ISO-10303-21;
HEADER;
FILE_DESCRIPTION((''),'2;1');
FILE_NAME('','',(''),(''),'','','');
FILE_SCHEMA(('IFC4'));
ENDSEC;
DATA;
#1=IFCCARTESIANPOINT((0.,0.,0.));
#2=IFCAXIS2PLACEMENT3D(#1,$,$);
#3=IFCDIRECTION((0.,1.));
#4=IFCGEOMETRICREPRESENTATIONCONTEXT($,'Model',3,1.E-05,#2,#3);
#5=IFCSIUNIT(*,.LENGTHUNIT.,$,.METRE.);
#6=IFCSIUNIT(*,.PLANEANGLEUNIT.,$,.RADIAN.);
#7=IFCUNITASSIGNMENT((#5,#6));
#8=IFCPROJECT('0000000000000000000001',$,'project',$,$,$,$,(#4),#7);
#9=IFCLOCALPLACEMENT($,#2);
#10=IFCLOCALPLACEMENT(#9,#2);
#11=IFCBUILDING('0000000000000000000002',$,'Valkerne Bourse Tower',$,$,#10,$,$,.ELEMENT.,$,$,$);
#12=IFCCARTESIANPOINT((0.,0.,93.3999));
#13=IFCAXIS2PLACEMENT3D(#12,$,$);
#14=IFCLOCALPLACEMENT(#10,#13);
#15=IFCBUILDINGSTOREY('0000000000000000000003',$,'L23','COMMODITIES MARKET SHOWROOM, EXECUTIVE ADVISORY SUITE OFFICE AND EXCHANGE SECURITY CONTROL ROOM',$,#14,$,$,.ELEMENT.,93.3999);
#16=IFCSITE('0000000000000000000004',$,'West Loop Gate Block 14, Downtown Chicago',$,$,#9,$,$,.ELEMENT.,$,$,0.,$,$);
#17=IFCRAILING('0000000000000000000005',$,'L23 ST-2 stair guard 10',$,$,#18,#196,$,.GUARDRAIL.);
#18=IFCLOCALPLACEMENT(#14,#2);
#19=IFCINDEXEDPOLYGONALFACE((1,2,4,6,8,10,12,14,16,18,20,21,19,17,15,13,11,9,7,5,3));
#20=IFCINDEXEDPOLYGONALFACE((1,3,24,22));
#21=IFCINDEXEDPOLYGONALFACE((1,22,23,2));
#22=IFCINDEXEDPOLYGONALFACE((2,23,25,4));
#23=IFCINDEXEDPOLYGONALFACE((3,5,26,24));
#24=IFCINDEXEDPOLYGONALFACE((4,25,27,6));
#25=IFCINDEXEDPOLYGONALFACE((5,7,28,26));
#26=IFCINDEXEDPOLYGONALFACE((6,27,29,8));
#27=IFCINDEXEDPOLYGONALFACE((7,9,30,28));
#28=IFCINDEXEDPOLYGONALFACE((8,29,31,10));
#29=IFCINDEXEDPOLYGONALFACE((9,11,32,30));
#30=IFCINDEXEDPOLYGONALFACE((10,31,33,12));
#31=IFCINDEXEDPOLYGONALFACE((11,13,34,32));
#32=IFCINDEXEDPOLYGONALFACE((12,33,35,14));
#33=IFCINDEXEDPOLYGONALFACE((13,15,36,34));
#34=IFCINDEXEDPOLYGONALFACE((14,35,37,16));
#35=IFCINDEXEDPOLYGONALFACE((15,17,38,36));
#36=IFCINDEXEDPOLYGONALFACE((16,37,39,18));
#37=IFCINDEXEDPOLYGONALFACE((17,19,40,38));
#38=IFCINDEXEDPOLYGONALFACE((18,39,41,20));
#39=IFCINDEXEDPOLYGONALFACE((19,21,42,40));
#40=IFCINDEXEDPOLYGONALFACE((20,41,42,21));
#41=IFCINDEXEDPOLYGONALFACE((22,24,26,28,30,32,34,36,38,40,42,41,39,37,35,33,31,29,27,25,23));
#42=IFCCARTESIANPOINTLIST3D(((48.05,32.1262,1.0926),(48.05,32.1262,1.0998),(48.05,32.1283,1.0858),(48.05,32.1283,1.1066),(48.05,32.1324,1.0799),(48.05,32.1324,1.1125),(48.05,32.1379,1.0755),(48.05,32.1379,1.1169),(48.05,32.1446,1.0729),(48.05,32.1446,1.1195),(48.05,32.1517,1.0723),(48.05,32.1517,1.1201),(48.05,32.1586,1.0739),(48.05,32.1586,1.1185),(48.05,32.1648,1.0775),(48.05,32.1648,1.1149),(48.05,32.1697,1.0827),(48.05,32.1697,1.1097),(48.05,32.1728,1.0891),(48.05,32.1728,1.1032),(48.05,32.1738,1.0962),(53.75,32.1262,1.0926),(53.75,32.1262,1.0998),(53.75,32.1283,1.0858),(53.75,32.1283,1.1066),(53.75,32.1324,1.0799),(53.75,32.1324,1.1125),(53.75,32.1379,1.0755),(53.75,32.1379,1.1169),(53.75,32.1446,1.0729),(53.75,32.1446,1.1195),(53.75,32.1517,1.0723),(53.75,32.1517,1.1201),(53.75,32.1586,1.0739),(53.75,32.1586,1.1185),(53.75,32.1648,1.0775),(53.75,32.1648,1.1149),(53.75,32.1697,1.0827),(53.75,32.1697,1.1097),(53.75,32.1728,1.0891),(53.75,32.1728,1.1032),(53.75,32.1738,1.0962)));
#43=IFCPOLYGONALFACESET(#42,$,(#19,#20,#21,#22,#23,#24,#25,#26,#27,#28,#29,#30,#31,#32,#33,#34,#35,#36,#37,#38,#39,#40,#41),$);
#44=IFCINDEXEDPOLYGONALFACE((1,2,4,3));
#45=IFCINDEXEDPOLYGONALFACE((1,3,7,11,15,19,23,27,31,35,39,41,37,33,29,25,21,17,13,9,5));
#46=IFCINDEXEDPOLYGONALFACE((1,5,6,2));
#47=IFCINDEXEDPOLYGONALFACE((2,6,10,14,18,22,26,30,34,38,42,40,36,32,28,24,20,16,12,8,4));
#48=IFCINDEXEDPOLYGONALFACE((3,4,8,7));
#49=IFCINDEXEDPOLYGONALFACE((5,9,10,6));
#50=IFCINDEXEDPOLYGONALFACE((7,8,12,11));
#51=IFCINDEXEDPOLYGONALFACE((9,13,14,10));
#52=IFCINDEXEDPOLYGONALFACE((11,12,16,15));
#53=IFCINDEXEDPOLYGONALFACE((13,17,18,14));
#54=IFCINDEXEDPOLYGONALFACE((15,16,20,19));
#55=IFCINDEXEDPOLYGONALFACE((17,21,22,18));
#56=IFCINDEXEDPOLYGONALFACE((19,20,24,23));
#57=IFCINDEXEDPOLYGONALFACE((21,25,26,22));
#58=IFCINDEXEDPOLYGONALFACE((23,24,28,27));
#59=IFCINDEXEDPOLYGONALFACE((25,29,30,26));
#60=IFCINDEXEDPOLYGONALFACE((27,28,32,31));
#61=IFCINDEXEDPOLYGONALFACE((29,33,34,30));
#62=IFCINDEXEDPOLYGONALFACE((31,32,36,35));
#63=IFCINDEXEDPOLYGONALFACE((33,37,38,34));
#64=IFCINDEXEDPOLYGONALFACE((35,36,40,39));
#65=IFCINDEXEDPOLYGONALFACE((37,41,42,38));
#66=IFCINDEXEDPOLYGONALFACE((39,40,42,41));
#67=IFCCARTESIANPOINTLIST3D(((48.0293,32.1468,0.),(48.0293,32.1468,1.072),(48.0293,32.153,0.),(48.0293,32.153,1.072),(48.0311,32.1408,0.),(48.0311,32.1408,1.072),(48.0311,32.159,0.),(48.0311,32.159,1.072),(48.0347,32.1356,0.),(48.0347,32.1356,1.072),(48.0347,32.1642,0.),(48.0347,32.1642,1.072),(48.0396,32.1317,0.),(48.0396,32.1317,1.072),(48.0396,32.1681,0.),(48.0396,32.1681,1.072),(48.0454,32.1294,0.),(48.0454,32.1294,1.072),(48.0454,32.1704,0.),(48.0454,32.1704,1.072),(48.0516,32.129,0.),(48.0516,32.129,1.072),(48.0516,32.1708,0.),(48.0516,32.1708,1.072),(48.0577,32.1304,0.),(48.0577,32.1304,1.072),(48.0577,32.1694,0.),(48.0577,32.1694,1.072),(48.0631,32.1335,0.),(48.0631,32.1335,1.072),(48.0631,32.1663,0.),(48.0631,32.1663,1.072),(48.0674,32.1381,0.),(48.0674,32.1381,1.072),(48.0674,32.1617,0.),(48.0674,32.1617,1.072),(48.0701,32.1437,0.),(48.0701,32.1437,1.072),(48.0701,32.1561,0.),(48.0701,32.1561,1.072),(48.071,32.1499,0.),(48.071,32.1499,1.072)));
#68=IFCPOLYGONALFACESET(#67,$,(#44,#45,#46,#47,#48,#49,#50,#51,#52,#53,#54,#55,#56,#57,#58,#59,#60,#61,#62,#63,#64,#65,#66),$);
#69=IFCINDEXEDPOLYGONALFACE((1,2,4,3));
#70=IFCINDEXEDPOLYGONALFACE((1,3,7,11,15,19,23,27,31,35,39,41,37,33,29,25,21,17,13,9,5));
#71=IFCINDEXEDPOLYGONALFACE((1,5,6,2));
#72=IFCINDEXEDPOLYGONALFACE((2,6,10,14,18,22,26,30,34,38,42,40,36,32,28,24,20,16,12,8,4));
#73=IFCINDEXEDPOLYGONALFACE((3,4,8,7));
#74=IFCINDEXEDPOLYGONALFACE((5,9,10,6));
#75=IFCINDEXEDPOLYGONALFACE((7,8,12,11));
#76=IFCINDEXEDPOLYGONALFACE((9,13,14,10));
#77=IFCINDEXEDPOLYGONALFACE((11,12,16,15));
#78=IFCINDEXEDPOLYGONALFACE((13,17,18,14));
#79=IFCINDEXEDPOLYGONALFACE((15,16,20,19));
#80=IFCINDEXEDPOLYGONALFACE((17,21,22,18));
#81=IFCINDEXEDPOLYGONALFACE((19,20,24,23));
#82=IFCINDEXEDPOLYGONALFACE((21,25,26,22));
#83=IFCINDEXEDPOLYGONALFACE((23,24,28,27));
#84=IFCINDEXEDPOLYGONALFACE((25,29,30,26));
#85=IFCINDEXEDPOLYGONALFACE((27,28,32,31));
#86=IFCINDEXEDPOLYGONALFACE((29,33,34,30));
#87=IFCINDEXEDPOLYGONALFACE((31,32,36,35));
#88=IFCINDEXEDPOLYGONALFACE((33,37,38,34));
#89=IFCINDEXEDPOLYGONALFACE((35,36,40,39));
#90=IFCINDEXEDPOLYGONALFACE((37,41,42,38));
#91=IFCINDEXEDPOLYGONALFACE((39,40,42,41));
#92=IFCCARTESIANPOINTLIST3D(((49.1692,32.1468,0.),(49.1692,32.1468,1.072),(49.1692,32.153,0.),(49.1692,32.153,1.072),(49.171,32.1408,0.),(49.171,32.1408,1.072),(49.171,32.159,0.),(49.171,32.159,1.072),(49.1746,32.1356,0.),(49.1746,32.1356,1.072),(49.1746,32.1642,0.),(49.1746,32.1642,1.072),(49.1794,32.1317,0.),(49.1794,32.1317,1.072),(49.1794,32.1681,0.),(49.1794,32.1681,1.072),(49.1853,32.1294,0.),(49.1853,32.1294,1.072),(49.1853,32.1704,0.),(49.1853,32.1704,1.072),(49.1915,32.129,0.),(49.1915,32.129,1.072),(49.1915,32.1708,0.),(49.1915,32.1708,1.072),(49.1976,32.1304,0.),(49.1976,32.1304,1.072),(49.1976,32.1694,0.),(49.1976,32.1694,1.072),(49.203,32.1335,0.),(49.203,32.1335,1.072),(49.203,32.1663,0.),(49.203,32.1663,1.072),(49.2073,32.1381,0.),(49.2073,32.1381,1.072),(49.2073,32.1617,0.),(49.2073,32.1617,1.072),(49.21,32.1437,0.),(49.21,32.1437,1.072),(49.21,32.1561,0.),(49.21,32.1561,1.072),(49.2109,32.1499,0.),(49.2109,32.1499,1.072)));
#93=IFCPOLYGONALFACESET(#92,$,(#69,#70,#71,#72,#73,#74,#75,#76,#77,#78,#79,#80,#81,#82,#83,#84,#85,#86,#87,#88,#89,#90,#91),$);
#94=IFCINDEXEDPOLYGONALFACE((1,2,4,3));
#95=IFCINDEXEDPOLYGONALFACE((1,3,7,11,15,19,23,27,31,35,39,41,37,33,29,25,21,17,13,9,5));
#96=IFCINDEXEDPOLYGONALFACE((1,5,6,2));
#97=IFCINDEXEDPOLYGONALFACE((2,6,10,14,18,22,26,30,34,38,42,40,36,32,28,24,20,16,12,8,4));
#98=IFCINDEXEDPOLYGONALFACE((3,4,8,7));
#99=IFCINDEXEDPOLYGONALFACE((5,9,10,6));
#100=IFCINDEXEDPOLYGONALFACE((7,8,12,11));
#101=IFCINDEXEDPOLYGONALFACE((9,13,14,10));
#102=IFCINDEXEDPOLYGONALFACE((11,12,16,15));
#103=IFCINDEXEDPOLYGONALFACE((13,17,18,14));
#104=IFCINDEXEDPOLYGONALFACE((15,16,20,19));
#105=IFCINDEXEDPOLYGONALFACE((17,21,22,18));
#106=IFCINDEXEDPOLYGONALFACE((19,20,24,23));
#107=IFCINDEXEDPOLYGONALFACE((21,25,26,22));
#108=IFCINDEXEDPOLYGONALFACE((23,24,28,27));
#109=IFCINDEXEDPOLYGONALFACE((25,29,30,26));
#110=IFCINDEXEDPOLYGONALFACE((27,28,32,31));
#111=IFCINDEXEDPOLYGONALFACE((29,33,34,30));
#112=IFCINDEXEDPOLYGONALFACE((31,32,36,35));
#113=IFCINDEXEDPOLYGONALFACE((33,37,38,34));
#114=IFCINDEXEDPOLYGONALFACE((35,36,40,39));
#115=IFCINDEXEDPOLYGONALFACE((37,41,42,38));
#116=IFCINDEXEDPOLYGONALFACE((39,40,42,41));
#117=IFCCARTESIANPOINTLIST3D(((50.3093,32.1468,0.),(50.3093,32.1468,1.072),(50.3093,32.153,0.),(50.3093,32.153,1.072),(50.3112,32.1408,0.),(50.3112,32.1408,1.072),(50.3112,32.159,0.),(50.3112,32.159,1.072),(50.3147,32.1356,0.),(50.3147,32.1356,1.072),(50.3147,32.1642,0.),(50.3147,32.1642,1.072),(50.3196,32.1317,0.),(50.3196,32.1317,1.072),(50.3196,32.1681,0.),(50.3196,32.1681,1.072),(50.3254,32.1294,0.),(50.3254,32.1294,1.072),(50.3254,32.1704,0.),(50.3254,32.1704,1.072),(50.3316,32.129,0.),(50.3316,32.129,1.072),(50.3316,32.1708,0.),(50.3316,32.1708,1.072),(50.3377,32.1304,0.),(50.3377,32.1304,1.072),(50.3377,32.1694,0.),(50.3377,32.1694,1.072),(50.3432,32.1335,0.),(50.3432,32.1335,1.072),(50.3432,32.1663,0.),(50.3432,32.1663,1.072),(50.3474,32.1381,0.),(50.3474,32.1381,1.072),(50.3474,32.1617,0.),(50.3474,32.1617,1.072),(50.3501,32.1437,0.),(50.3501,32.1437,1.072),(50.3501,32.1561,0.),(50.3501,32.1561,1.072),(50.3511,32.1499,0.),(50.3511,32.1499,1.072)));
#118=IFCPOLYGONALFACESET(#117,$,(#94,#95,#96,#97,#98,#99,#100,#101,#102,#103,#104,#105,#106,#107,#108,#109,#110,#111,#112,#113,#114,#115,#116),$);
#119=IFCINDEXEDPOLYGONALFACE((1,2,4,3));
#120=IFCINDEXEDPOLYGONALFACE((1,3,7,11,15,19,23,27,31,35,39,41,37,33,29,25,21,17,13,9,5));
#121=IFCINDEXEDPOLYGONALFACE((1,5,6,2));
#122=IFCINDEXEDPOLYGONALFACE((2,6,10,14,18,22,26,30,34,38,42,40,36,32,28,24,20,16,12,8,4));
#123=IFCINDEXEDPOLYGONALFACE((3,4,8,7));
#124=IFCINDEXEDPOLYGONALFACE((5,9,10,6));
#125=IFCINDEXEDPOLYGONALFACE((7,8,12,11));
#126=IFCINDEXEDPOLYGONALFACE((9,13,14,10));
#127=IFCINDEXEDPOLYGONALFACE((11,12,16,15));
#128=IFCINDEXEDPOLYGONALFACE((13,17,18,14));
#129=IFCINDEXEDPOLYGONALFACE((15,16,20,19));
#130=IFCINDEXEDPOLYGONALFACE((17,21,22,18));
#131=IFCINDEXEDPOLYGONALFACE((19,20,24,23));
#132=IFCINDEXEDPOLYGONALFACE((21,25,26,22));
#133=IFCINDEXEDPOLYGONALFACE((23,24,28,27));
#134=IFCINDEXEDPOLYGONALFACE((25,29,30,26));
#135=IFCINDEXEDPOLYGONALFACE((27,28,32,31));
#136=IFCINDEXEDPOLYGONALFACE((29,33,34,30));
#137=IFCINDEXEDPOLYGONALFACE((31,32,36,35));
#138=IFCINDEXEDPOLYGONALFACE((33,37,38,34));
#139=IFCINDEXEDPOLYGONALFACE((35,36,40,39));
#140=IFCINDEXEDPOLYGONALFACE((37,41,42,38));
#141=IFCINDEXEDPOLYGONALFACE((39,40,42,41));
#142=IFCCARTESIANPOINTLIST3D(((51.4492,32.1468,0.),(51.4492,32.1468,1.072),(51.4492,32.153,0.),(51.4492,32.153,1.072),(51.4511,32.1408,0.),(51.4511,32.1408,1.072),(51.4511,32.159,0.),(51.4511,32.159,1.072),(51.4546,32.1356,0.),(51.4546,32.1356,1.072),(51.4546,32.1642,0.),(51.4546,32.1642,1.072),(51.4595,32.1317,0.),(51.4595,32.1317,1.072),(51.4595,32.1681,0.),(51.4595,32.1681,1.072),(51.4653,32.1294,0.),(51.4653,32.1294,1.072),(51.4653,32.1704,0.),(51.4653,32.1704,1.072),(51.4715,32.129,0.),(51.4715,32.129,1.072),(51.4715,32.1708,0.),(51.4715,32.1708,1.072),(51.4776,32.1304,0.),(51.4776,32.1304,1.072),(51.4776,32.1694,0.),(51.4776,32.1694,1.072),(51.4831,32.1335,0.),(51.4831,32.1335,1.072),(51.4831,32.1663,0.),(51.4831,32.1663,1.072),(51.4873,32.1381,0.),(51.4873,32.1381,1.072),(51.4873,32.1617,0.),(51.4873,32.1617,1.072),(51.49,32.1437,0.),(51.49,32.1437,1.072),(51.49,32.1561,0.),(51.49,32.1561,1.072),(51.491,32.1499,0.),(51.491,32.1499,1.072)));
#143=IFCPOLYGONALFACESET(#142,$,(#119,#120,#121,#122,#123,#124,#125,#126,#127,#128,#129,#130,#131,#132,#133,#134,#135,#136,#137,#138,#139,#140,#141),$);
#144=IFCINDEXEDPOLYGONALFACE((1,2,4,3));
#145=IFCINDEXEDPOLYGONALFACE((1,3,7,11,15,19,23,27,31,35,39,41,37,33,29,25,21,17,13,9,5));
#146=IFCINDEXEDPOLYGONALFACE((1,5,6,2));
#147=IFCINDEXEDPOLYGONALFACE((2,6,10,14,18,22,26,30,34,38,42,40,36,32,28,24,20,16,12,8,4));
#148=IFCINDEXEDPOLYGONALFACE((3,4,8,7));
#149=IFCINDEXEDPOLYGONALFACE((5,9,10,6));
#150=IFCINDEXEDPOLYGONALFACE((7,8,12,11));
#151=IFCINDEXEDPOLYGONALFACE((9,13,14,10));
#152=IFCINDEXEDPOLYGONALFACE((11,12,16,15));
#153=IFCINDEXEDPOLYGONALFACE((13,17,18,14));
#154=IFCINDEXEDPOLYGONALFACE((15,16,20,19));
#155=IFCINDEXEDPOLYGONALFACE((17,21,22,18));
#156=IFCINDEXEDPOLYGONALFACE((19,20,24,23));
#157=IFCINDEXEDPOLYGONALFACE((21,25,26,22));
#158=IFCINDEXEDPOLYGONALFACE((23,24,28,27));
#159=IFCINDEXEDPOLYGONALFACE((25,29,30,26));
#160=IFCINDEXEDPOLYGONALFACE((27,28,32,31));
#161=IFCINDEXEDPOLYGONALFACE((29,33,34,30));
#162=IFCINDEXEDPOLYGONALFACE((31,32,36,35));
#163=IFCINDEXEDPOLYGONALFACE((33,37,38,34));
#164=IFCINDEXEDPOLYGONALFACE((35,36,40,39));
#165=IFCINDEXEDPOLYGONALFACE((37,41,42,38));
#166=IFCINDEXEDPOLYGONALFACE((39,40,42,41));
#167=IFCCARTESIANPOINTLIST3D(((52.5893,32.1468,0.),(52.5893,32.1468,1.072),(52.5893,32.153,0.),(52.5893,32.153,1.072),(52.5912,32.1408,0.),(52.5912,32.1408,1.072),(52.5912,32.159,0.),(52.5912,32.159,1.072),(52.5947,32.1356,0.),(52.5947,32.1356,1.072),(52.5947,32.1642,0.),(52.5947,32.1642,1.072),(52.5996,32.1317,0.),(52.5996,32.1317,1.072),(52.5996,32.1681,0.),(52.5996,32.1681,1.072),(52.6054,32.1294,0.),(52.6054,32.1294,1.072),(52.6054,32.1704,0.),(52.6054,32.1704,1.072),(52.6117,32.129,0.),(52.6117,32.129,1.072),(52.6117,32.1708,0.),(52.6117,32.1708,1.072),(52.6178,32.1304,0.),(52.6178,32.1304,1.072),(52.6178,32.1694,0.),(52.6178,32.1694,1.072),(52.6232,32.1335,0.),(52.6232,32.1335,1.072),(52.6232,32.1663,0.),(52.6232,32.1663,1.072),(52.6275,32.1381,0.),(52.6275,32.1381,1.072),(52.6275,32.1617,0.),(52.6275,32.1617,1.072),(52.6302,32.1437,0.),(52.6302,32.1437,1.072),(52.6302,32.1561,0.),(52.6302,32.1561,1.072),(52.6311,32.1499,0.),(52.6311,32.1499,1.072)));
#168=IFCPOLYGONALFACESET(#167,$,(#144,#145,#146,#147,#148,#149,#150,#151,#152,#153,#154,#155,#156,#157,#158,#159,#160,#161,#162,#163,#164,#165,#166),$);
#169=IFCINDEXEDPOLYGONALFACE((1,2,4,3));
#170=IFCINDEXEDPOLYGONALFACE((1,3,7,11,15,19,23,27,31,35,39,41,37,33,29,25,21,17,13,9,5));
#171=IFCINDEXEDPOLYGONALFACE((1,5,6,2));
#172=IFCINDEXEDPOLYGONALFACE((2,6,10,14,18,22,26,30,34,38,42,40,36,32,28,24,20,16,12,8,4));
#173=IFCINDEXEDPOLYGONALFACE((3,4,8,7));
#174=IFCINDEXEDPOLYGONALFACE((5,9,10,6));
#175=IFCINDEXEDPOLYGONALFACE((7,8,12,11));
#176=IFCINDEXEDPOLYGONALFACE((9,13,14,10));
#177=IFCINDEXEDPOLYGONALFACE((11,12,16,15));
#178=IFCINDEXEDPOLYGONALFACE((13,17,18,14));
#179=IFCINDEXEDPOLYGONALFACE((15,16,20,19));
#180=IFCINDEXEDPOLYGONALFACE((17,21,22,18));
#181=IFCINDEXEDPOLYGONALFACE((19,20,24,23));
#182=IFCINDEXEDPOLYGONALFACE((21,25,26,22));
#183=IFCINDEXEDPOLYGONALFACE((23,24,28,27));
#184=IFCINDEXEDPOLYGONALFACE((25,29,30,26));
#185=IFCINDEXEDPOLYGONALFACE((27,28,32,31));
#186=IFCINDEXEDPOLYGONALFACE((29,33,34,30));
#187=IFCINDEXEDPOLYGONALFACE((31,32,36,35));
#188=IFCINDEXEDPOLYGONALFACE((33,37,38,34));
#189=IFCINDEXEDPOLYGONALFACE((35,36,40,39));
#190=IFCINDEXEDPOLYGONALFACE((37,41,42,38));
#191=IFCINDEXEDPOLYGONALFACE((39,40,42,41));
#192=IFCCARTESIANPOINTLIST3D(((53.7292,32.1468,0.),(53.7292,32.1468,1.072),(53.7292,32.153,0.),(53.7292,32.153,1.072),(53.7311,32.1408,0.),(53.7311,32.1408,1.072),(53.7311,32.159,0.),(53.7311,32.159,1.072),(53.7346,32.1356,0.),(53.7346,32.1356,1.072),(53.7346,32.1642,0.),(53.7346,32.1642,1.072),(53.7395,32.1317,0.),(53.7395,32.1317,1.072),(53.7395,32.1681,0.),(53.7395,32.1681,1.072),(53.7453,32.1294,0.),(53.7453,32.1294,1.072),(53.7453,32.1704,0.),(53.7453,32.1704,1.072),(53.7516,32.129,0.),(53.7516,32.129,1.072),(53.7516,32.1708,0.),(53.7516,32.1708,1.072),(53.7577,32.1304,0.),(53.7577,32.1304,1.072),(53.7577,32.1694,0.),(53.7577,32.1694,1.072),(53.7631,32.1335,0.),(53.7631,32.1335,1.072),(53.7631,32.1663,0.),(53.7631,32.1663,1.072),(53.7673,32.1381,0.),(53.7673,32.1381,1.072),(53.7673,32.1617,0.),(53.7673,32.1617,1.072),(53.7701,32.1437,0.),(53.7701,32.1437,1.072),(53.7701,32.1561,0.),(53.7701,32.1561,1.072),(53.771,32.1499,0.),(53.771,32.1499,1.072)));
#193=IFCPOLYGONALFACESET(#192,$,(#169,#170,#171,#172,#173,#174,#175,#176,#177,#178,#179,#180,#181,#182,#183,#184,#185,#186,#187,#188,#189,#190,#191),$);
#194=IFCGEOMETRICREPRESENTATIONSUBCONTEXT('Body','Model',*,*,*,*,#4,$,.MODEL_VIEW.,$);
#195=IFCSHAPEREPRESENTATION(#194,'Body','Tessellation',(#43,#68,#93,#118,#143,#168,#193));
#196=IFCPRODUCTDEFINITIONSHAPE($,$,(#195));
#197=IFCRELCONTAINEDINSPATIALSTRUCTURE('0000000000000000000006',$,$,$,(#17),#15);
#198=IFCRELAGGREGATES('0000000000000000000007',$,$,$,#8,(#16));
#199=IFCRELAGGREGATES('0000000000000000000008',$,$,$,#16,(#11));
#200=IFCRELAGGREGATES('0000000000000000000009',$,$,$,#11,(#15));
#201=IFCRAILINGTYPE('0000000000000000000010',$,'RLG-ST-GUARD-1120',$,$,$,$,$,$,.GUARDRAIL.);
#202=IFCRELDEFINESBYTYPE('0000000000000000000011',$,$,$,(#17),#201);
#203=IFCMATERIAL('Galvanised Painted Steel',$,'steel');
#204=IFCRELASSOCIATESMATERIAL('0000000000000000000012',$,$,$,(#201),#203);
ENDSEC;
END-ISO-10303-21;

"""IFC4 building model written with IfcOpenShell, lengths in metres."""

from ifc_helpers import new_model, si_unit, direction, frame, origin, origin_2d, place, context, subcontext, project, spatial, circle, extrude, material, type_object, element, save


model = new_model("IFC4")

# Units and contexts
model_context = context("Model", 3, precision=1e-05, world=origin(), true_north=direction((0.0, 1.0)))
body_context = subcontext(model_context, "Body", "Model", "MODEL_VIEW")
ifc_project = project(units=[si_unit("LENGTHUNIT", "METRE"), si_unit("PLANEANGLEUNIT", "RADIAN")], contexts=[model_context])

# Site, building, storey
site_placement = place(None, origin())
site = spatial("IfcSite", under=ifc_project, at=site_placement, Name="West Loop Gate Block 14, Downtown Chicago", CompositionType="ELEMENT", RefElevation=0.0)
building_placement = place(site_placement, origin())
building = spatial("IfcBuilding", under=site, at=building_placement, Name="Valkerne Bourse Tower", CompositionType="ELEMENT")
storey_placement = place(building_placement, frame((0.0, 0.0, 93.3999)))
storey = spatial("IfcBuildingStorey", under=building, at=storey_placement, Name="L23", Description="COMMODITIES MARKET SHOWROOM, EXECUTIVE ADVISORY SUITE OFFICE AND EXCHANGE SECURITY CONTROL ROOM", CompositionType="ELEMENT", Elevation=93.3999)

# Shared definitions
ifc_material_1 = material(Name="Galvanised Painted Steel", Category="steel")

# Railing
railing_type_1 = type_object("IfcRailingType", Name="RLG-ST-GUARD-1120", PredefinedType="GUARDRAIL", material=ifc_material_1)
for number, where, name in (
    (1, (48.05, 32.1499, 0.0), "L23 ST-2 stair guard 10"),
):
    element("IfcRailing", number, at=place(storey_placement, frame(where)), inside=storey, type_object=railing_type_1, Name=name, PredefinedType="GUARDRAIL", context=body_context, shape_type="SweptSolid", body=[
        extrude(circle(Radius=0.0239, at=origin_2d()), frame((0.0, 0.0, 1.0962), z_axis=(1.0, 0.0, 0.0), x_axis=(0.0, 1.0, 0.0)), (0.0, 0.0, 1.0), 5.7),
        extrude(circle(Radius=0.021, at=origin_2d()), origin(), (0.0, 0.0, 1.0), 1.072),
        extrude(circle(Radius=0.021, at=origin_2d()), frame((1.1399, 0.0, 0.0)), (0.0, 0.0, 1.0), 1.072),
        extrude(circle(Radius=0.021, at=origin_2d()), frame((2.28, 0.0, 0.0)), (0.0, 0.0, 1.0), 1.072),
        extrude(circle(Radius=0.021, at=origin_2d()), frame((3.4199, 0.0, 0.0)), (0.0, 0.0, 1.0), 1.072),
        extrude(circle(Radius=0.021, at=origin_2d()), frame((4.5601, 0.0, 0.0)), (0.0, 0.0, 1.0), 1.072),
        extrude(circle(Radius=0.021, at=origin_2d()), frame((5.7, 0.0, 0.0)), (0.0, 0.0, 1.0), 1.072),
    ])

save(model, "model.ifc")
